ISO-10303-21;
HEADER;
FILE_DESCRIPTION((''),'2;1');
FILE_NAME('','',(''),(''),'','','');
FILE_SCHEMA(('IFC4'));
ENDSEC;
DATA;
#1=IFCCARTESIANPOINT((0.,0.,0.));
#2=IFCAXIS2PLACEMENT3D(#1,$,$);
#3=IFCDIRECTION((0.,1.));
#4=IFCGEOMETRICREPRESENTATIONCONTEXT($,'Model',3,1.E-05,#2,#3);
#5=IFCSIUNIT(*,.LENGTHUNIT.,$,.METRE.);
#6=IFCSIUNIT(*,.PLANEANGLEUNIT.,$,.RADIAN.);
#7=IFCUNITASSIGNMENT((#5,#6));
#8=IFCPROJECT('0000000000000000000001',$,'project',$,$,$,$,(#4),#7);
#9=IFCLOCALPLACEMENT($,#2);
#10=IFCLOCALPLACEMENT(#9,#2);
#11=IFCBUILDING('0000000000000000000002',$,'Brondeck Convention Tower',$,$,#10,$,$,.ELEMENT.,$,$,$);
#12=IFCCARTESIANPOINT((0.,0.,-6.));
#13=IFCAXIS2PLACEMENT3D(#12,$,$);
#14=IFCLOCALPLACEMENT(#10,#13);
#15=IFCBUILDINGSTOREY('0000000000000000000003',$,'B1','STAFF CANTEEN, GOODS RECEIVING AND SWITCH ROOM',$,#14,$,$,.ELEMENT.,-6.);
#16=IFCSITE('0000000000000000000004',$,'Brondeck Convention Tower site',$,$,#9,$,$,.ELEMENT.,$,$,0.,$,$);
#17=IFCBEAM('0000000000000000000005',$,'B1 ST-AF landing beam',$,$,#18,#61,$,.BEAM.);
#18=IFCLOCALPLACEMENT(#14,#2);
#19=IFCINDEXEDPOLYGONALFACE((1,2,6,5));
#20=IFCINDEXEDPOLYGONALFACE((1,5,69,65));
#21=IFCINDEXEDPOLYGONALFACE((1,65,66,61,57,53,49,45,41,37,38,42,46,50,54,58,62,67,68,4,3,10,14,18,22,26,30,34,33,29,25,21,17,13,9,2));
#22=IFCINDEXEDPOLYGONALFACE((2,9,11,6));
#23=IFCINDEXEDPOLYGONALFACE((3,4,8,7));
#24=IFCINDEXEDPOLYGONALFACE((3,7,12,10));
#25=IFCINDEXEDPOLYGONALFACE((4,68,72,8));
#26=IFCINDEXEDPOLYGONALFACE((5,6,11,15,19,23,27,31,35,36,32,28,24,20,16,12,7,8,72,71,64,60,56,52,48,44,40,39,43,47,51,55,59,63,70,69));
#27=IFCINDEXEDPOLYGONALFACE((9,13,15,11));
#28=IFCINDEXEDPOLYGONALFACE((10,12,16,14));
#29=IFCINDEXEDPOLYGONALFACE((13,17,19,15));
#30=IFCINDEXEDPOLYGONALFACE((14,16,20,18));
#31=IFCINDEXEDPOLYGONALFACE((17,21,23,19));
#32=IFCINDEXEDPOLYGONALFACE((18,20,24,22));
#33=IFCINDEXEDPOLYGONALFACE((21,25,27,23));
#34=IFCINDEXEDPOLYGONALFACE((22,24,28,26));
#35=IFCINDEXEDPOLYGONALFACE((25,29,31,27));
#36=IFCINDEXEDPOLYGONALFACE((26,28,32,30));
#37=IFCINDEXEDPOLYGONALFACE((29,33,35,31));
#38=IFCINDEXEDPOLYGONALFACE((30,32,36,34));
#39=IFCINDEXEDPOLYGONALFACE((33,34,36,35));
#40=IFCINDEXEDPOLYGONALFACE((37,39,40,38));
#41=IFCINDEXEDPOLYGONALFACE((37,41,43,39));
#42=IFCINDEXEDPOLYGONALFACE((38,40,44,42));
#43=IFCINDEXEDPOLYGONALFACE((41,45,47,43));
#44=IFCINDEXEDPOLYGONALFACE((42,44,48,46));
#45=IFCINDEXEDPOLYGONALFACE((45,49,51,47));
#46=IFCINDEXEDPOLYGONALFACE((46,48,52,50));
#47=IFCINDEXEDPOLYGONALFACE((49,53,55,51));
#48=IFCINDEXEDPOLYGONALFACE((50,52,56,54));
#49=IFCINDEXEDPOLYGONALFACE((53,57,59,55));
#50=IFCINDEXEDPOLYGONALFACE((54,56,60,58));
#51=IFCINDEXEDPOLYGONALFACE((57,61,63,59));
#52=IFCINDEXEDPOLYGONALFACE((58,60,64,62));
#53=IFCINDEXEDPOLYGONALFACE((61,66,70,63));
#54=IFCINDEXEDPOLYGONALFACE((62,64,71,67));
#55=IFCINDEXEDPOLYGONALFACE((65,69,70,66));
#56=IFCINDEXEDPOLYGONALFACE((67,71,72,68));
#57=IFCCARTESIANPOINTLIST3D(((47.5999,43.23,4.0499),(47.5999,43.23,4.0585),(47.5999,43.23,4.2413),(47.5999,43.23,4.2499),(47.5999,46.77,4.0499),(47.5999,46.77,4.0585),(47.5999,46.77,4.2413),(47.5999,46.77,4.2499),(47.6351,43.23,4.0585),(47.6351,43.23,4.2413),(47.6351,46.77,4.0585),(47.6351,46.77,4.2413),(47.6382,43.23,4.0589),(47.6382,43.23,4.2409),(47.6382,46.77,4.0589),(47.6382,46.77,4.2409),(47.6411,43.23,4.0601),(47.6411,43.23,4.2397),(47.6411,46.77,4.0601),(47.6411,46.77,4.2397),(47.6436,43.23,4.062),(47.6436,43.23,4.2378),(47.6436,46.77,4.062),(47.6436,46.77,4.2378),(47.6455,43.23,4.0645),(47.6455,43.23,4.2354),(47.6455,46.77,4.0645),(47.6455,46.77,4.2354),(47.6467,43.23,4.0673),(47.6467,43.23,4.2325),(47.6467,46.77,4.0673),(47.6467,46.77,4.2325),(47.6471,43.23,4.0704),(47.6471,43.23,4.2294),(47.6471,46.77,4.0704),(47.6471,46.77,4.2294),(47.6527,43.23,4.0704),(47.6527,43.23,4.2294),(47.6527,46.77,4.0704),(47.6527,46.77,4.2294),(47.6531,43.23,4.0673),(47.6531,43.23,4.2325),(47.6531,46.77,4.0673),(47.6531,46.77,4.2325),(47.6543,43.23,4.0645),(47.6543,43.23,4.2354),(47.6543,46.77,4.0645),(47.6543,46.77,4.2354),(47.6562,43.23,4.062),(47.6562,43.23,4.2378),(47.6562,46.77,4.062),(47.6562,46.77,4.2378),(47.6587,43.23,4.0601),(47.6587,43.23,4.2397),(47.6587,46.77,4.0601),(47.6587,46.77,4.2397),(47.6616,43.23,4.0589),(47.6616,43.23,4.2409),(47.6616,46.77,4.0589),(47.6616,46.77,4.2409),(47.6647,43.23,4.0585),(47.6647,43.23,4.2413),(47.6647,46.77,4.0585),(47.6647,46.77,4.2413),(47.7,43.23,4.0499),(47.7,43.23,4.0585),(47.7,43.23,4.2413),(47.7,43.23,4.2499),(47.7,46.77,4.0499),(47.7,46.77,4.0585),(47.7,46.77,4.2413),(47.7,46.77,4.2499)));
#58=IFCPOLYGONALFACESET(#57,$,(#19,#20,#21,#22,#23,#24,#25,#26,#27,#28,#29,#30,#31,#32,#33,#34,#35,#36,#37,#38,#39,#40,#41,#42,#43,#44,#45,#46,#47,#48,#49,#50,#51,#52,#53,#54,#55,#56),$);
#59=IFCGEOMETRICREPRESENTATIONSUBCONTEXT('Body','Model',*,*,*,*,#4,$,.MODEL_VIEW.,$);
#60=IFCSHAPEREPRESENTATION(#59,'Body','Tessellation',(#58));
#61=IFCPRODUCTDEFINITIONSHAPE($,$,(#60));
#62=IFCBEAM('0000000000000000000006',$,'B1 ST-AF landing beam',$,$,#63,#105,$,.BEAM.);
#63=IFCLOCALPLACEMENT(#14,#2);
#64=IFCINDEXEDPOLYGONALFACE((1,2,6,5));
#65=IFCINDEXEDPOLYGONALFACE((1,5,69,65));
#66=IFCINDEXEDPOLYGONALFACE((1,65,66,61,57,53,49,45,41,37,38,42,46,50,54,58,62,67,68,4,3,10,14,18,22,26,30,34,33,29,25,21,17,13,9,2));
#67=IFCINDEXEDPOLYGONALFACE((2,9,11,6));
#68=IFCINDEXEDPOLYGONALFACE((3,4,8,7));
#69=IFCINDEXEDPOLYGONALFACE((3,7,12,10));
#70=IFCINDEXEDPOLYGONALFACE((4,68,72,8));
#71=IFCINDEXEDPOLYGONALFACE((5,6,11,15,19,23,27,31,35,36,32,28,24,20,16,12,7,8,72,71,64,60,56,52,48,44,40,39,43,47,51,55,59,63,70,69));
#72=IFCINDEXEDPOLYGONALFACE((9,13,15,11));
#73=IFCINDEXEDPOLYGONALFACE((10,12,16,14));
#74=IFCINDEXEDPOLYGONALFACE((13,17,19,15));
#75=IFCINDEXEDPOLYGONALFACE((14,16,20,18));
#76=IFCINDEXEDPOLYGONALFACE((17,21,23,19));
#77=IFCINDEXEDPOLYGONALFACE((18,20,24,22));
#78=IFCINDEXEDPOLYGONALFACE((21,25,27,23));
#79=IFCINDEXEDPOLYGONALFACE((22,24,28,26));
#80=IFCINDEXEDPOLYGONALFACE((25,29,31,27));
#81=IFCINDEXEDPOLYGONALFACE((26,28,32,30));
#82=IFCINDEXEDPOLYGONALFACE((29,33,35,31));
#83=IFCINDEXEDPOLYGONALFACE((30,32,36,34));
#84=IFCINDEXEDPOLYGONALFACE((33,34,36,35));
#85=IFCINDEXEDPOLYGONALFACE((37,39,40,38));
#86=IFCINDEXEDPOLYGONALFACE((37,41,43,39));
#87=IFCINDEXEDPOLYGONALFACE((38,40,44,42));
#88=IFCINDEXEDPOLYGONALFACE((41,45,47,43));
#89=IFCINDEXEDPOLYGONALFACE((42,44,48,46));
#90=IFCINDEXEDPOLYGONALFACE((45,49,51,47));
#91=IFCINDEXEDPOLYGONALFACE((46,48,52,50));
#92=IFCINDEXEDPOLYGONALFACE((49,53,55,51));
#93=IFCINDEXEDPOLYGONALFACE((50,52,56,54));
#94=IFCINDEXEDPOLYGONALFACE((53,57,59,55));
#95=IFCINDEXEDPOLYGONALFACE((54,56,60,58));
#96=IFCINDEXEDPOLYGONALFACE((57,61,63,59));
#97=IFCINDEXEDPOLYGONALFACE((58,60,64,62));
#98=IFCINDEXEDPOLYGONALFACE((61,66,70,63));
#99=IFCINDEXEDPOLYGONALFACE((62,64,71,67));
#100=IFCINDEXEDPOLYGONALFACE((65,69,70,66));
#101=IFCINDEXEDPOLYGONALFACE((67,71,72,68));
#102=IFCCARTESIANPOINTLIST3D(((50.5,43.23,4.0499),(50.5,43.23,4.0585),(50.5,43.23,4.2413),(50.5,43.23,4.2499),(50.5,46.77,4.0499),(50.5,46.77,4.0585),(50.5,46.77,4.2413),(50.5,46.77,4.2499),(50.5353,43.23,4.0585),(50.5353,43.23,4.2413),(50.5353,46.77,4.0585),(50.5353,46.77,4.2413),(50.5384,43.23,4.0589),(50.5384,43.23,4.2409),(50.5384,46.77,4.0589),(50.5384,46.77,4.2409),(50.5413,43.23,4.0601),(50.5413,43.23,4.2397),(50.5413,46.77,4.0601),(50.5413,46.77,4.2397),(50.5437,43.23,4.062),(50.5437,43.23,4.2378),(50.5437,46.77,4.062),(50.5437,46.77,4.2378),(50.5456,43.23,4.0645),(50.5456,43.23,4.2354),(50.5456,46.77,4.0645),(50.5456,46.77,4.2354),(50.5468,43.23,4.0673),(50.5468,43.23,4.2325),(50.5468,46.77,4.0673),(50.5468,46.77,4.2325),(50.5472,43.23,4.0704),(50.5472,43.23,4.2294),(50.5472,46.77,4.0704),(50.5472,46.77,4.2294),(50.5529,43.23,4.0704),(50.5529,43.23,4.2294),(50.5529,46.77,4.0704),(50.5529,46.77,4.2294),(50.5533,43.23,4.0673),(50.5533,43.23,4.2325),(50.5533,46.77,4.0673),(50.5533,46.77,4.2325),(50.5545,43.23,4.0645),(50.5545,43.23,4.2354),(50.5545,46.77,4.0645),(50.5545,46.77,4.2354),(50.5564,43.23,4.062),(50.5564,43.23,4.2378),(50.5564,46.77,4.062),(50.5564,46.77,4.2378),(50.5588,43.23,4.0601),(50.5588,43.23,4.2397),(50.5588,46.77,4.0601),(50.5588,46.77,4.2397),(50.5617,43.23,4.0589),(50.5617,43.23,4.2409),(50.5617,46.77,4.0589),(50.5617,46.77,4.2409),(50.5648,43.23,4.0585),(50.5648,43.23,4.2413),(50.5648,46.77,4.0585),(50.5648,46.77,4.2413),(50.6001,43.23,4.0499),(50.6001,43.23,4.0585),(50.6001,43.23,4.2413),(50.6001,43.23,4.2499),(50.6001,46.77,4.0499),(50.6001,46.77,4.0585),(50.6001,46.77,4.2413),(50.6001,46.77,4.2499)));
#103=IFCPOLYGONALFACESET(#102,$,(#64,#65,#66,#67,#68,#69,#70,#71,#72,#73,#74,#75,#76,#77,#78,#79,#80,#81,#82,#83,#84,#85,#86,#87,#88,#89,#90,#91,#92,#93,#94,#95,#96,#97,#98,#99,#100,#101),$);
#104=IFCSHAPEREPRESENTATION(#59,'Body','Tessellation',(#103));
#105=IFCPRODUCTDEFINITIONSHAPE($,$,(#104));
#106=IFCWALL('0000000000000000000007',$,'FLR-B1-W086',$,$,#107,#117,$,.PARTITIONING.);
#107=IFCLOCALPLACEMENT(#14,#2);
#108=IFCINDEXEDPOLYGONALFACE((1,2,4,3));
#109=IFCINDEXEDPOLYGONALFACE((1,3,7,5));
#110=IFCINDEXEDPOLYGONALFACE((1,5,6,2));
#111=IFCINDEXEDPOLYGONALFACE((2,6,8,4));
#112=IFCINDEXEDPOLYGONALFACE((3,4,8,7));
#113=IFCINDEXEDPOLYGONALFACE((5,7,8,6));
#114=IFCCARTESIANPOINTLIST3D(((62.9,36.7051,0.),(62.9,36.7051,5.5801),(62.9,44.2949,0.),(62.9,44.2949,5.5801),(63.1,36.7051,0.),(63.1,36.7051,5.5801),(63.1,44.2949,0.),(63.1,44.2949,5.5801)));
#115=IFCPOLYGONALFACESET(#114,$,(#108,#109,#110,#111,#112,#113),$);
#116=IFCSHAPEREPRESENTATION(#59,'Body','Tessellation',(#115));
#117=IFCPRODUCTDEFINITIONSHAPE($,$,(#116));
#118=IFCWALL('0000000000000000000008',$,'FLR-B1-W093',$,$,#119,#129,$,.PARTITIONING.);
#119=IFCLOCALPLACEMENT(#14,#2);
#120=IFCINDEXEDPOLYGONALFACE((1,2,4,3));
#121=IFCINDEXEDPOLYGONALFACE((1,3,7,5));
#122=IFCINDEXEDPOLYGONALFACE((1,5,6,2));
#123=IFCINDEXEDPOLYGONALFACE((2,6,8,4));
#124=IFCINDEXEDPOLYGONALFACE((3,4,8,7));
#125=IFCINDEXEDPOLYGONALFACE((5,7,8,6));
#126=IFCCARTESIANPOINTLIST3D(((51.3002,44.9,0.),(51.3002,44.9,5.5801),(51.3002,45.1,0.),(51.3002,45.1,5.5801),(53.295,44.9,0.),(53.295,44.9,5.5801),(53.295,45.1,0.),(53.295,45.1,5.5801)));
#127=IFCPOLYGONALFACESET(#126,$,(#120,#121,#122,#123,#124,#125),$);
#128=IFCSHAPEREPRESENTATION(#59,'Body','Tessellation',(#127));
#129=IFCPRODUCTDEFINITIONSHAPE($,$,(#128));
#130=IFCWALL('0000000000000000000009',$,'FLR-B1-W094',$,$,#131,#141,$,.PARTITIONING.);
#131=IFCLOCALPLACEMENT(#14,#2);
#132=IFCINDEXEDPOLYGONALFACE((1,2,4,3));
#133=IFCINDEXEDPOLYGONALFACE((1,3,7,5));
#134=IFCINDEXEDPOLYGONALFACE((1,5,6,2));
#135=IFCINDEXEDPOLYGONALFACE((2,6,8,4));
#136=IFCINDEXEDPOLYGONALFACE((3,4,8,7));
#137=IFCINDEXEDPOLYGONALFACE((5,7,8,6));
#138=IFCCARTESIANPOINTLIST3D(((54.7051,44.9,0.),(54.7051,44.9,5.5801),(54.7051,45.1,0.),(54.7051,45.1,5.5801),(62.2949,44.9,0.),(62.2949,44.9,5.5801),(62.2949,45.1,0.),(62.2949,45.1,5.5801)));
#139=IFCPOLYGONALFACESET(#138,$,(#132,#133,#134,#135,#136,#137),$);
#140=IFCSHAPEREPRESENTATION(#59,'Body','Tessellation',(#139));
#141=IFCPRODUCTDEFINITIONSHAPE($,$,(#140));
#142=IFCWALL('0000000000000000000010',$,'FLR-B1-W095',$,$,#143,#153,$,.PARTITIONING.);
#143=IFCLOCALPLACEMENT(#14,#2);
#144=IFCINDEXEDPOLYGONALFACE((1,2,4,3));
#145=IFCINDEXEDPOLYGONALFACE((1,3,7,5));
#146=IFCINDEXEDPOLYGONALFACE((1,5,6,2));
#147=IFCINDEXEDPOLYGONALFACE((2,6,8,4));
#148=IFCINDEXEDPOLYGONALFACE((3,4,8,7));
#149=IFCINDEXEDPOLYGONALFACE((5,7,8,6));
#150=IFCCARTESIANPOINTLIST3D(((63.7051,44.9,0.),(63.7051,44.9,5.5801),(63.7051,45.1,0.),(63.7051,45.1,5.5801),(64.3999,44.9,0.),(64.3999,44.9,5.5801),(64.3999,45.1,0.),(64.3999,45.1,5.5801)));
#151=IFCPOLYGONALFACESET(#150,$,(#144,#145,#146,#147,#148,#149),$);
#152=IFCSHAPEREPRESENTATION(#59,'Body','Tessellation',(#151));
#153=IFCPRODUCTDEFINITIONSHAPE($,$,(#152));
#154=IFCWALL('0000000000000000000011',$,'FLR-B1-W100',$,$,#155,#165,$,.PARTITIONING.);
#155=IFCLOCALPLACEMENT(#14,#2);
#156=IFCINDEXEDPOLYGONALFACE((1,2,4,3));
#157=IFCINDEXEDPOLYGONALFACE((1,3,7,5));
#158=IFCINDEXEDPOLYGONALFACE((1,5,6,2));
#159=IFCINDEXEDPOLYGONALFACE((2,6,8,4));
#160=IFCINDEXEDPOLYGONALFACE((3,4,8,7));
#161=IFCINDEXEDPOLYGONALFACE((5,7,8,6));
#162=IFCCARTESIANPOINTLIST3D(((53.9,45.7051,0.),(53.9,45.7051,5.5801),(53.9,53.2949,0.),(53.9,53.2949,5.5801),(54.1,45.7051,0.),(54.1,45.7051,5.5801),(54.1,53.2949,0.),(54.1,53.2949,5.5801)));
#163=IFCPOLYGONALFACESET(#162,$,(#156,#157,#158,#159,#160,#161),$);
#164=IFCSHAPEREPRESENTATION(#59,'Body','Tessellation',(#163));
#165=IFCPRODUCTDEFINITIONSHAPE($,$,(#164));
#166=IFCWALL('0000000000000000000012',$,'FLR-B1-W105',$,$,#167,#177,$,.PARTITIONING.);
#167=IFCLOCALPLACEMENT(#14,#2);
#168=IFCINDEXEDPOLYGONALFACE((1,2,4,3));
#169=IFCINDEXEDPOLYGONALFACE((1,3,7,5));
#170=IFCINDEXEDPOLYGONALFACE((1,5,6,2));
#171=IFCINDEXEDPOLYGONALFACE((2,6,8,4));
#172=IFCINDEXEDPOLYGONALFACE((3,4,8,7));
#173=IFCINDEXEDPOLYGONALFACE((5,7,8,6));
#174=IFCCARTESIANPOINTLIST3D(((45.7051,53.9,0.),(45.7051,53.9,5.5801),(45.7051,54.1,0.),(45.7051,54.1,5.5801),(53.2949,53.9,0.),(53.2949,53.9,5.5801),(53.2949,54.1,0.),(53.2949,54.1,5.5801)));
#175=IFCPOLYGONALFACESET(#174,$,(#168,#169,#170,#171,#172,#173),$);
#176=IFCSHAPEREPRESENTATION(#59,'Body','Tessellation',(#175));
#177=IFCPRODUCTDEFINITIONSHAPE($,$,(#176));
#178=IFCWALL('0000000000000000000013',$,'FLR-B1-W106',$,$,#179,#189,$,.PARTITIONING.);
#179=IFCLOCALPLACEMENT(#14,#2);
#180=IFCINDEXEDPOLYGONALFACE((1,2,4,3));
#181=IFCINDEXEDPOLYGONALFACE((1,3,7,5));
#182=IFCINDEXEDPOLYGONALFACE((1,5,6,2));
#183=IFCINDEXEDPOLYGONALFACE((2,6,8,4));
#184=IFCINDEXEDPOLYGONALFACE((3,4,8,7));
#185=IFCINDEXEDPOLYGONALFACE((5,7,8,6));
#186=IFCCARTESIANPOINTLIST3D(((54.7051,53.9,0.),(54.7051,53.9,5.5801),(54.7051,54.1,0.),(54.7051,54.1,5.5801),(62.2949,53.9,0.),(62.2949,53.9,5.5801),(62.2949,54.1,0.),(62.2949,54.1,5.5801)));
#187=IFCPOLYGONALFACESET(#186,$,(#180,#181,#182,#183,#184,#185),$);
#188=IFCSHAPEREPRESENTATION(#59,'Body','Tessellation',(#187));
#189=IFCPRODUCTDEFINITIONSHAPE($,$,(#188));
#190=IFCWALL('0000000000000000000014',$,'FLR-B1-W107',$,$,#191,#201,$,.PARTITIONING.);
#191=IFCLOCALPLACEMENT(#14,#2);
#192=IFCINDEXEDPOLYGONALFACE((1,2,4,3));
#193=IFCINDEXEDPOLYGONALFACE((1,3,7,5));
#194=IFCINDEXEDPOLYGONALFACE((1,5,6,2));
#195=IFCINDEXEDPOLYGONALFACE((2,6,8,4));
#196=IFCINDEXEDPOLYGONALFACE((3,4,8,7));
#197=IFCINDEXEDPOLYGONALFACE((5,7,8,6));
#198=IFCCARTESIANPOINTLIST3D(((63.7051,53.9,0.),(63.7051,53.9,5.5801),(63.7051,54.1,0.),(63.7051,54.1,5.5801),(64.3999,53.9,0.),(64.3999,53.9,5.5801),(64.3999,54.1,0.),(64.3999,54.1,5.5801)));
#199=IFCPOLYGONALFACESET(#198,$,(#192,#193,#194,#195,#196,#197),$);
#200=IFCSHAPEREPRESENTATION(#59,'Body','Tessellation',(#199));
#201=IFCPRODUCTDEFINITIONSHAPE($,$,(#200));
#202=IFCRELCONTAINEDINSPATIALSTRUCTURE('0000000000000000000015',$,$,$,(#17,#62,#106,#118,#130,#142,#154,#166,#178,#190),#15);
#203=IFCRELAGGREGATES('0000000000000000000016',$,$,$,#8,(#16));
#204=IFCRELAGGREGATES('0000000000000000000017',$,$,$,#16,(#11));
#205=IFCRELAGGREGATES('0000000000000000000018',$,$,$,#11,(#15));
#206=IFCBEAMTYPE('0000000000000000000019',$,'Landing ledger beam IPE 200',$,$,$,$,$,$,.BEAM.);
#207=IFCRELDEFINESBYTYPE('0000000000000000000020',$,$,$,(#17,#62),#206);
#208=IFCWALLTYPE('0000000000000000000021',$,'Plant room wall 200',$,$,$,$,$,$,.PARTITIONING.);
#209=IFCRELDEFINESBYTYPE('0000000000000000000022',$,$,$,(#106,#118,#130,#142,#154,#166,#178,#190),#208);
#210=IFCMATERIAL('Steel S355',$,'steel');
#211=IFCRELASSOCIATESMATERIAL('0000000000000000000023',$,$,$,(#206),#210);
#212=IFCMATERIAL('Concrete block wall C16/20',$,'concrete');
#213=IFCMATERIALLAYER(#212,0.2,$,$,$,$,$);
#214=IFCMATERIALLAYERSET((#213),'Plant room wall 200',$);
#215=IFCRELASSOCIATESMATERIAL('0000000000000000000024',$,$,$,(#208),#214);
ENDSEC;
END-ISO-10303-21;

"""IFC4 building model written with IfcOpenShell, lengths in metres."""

from ifc_helpers import new_model, si_unit, direction, frame, frame_2d, origin, origin_2d, place, context, subcontext, project, spatial, rectangle, i_section, extrude, material, layer, layer_set, material_profile, profile_set, type_object, element, save


model = new_model("IFC4")

# Units and contexts
model_context = context("Model", 3, precision=1e-05, world=origin(), true_north=direction((0.0, 1.0)))
body_context = subcontext(model_context, "Body", "Model", "MODEL_VIEW")
ifc_project = project(units=[si_unit("LENGTHUNIT", "METRE"), si_unit("PLANEANGLEUNIT", "RADIAN")], contexts=[model_context])

# Site, building, storey
site_placement = place(None, origin())
site = spatial("IfcSite", under=ifc_project, at=site_placement, Name="Brondeck Convention Tower site", CompositionType="ELEMENT", RefElevation=0.0)
building_placement = place(site_placement, origin())
building = spatial("IfcBuilding", under=site, at=building_placement, Name="Brondeck Convention Tower", CompositionType="ELEMENT")
storey_placement = place(building_placement, frame((0.0, 0.0, -6.0)))
storey = spatial("IfcBuildingStorey", under=building, at=storey_placement, Name="B1", Description="STAFF CANTEEN, GOODS RECEIVING AND SWITCH ROOM", CompositionType="ELEMENT", Elevation=-6.0)

# Beams
ifc_material_1 = material(Name="Steel S355", Category="steel")
ifc_material_profile_1 = material_profile(ifc_material_1, i_section(OverallWidth=0.1001, OverallDepth=0.2, WebThickness=0.0056, FlangeThickness=0.0085, FilletRadius=0.012, at=origin_2d()), Name="IPE200")
ifc_profile_set_1 = profile_set([ifc_material_profile_1], Name="Steel S355")
beam_type = type_object("IfcBeamType", Name="Landing ledger beam IPE 200", PredefinedType="BEAM", material=ifc_profile_set_1)
for number, where, z_axis, x_axis, name in (
    (1, (47.6499, 43.23, 4.1499), (0.0, 1.0, 0.0), (-1.0, 0.0, 0.0), "B1 ST-AF landing beam"),
    (2, (50.55, 43.23, 4.1499), (0.0, 1.0, 0.0), (-1.0, 0.0, 0.0), "B1 ST-AF landing beam"),
):
    element("IfcBeam", number, at=place(storey_placement, frame(where, z_axis=z_axis, x_axis=x_axis)), inside=storey, type_object=beam_type, Name=name, PredefinedType="BEAM", context=body_context, shape_type="SweptSolid", body=[
        extrude(i_section(OverallWidth=0.1001, OverallDepth=0.2, WebThickness=0.0056, FlangeThickness=0.0085, FilletRadius=0.012, at=origin_2d()), origin(), (0.0, 0.0, 1.0), 3.54),
    ])

# Walls
ifc_material_2 = material(Name="Concrete block wall C16/20", Category="concrete")
ifc_layer_1 = layer(ifc_material_2, 0.2)
ifc_layer_set_1 = layer_set([ifc_layer_1], Name="Plant room wall 200")
wall_type_1 = type_object("IfcWallType", Name="Plant room wall 200", PredefinedType="PARTITIONING", material=ifc_layer_set_1)
wall_1_placement = place(storey_placement, frame((63.0, 44.2949, 0.0), z_axis=(0.0, 0.0, 1.0), x_axis=(0.0, -1.0, 0.0)))
element("IfcWall", 3, at=wall_1_placement, inside=storey, type_object=wall_type_1, Name="FLR-B1-W086", PredefinedType="PARTITIONING", context=body_context, shape_type="SweptSolid", body=[
    extrude(rectangle(XDim=7.5898, YDim=0.2, at=frame_2d((3.7949, 0.0))), origin(), (0.0, 0.0, 1.0), 5.5801),
])
wall_2_placement = place(storey_placement, frame((51.3, 45.0, 0.0), z_axis=(0.0, 0.0, 1.0), x_axis=(1.0, 0.0, 0.0)))
element("IfcWall", 4, at=wall_2_placement, inside=storey, type_object=wall_type_1, Name="FLR-B1-W093", PredefinedType="PARTITIONING", context=body_context, shape_type="SweptSolid", body=[
    extrude(rectangle(XDim=1.9949, YDim=0.2, at=frame_2d((0.9976, 0.0))), origin(), (0.0, 0.0, 1.0), 5.5801),
])
wall_3_placement = place(storey_placement, frame((54.7051, 45.0, 0.0), z_axis=(0.0, 0.0, 1.0), x_axis=(1.0, 0.0, 0.0)))
element("IfcWall", 5, at=wall_3_placement, inside=storey, type_object=wall_type_1, Name="FLR-B1-W094", PredefinedType="PARTITIONING", context=body_context, shape_type="SweptSolid", body=[
    extrude(rectangle(XDim=7.5898, YDim=0.2, at=frame_2d((3.7949, 0.0))), origin(), (0.0, 0.0, 1.0), 5.5801),
])
wall_4_placement = place(storey_placement, frame((64.3999, 45.0, 0.0), z_axis=(0.0, 0.0, 1.0), x_axis=(-1.0, 0.0, 0.0)))
element("IfcWall", 6, at=wall_4_placement, inside=storey, type_object=wall_type_1, Name="FLR-B1-W095", PredefinedType="PARTITIONING", context=body_context, shape_type="SweptSolid", body=[
    extrude(rectangle(XDim=0.6948, YDim=0.2, at=frame_2d((0.3474, 0.0))), origin(), (0.0, 0.0, 1.0), 5.5801),
])
for number, where, z_axis, x_axis, name in (
    (7, (54.0, 45.7051, 0.0), (0.0, 0.0, 1.0), (0.0, 1.0, 0.0), "FLR-B1-W100"),
    (8, (45.7051, 54.0, 0.0), (0.0, 0.0, 1.0), (1.0, 0.0, 0.0), "FLR-B1-W105"),
    (9, (62.2949, 54.0, 0.0), (0.0, 0.0, 1.0), (-1.0, 0.0, 0.0), "FLR-B1-W106"),
):
    element("IfcWall", number, at=place(storey_placement, frame(where, z_axis=z_axis, x_axis=x_axis)), inside=storey, type_object=wall_type_1, Name=name, PredefinedType="PARTITIONING", context=body_context, shape_type="SweptSolid", body=[
        extrude(rectangle(XDim=7.5898, YDim=0.2, at=frame_2d((3.7949, 0.0))), origin(), (0.0, 0.0, 1.0), 5.5801),
    ])
wall_5_placement = place(storey_placement, frame((64.3999, 54.0, 0.0), z_axis=(0.0, 0.0, 1.0), x_axis=(-1.0, 0.0, 0.0)))
element("IfcWall", 10, at=wall_5_placement, inside=storey, type_object=wall_type_1, Name="FLR-B1-W107", PredefinedType="PARTITIONING", context=body_context, shape_type="SweptSolid", body=[
    extrude(rectangle(XDim=0.6948, YDim=0.2, at=frame_2d((0.3474, 0.0))), origin(), (0.0, 0.0, 1.0), 5.5801),
])

save(model, "model.ifc")
